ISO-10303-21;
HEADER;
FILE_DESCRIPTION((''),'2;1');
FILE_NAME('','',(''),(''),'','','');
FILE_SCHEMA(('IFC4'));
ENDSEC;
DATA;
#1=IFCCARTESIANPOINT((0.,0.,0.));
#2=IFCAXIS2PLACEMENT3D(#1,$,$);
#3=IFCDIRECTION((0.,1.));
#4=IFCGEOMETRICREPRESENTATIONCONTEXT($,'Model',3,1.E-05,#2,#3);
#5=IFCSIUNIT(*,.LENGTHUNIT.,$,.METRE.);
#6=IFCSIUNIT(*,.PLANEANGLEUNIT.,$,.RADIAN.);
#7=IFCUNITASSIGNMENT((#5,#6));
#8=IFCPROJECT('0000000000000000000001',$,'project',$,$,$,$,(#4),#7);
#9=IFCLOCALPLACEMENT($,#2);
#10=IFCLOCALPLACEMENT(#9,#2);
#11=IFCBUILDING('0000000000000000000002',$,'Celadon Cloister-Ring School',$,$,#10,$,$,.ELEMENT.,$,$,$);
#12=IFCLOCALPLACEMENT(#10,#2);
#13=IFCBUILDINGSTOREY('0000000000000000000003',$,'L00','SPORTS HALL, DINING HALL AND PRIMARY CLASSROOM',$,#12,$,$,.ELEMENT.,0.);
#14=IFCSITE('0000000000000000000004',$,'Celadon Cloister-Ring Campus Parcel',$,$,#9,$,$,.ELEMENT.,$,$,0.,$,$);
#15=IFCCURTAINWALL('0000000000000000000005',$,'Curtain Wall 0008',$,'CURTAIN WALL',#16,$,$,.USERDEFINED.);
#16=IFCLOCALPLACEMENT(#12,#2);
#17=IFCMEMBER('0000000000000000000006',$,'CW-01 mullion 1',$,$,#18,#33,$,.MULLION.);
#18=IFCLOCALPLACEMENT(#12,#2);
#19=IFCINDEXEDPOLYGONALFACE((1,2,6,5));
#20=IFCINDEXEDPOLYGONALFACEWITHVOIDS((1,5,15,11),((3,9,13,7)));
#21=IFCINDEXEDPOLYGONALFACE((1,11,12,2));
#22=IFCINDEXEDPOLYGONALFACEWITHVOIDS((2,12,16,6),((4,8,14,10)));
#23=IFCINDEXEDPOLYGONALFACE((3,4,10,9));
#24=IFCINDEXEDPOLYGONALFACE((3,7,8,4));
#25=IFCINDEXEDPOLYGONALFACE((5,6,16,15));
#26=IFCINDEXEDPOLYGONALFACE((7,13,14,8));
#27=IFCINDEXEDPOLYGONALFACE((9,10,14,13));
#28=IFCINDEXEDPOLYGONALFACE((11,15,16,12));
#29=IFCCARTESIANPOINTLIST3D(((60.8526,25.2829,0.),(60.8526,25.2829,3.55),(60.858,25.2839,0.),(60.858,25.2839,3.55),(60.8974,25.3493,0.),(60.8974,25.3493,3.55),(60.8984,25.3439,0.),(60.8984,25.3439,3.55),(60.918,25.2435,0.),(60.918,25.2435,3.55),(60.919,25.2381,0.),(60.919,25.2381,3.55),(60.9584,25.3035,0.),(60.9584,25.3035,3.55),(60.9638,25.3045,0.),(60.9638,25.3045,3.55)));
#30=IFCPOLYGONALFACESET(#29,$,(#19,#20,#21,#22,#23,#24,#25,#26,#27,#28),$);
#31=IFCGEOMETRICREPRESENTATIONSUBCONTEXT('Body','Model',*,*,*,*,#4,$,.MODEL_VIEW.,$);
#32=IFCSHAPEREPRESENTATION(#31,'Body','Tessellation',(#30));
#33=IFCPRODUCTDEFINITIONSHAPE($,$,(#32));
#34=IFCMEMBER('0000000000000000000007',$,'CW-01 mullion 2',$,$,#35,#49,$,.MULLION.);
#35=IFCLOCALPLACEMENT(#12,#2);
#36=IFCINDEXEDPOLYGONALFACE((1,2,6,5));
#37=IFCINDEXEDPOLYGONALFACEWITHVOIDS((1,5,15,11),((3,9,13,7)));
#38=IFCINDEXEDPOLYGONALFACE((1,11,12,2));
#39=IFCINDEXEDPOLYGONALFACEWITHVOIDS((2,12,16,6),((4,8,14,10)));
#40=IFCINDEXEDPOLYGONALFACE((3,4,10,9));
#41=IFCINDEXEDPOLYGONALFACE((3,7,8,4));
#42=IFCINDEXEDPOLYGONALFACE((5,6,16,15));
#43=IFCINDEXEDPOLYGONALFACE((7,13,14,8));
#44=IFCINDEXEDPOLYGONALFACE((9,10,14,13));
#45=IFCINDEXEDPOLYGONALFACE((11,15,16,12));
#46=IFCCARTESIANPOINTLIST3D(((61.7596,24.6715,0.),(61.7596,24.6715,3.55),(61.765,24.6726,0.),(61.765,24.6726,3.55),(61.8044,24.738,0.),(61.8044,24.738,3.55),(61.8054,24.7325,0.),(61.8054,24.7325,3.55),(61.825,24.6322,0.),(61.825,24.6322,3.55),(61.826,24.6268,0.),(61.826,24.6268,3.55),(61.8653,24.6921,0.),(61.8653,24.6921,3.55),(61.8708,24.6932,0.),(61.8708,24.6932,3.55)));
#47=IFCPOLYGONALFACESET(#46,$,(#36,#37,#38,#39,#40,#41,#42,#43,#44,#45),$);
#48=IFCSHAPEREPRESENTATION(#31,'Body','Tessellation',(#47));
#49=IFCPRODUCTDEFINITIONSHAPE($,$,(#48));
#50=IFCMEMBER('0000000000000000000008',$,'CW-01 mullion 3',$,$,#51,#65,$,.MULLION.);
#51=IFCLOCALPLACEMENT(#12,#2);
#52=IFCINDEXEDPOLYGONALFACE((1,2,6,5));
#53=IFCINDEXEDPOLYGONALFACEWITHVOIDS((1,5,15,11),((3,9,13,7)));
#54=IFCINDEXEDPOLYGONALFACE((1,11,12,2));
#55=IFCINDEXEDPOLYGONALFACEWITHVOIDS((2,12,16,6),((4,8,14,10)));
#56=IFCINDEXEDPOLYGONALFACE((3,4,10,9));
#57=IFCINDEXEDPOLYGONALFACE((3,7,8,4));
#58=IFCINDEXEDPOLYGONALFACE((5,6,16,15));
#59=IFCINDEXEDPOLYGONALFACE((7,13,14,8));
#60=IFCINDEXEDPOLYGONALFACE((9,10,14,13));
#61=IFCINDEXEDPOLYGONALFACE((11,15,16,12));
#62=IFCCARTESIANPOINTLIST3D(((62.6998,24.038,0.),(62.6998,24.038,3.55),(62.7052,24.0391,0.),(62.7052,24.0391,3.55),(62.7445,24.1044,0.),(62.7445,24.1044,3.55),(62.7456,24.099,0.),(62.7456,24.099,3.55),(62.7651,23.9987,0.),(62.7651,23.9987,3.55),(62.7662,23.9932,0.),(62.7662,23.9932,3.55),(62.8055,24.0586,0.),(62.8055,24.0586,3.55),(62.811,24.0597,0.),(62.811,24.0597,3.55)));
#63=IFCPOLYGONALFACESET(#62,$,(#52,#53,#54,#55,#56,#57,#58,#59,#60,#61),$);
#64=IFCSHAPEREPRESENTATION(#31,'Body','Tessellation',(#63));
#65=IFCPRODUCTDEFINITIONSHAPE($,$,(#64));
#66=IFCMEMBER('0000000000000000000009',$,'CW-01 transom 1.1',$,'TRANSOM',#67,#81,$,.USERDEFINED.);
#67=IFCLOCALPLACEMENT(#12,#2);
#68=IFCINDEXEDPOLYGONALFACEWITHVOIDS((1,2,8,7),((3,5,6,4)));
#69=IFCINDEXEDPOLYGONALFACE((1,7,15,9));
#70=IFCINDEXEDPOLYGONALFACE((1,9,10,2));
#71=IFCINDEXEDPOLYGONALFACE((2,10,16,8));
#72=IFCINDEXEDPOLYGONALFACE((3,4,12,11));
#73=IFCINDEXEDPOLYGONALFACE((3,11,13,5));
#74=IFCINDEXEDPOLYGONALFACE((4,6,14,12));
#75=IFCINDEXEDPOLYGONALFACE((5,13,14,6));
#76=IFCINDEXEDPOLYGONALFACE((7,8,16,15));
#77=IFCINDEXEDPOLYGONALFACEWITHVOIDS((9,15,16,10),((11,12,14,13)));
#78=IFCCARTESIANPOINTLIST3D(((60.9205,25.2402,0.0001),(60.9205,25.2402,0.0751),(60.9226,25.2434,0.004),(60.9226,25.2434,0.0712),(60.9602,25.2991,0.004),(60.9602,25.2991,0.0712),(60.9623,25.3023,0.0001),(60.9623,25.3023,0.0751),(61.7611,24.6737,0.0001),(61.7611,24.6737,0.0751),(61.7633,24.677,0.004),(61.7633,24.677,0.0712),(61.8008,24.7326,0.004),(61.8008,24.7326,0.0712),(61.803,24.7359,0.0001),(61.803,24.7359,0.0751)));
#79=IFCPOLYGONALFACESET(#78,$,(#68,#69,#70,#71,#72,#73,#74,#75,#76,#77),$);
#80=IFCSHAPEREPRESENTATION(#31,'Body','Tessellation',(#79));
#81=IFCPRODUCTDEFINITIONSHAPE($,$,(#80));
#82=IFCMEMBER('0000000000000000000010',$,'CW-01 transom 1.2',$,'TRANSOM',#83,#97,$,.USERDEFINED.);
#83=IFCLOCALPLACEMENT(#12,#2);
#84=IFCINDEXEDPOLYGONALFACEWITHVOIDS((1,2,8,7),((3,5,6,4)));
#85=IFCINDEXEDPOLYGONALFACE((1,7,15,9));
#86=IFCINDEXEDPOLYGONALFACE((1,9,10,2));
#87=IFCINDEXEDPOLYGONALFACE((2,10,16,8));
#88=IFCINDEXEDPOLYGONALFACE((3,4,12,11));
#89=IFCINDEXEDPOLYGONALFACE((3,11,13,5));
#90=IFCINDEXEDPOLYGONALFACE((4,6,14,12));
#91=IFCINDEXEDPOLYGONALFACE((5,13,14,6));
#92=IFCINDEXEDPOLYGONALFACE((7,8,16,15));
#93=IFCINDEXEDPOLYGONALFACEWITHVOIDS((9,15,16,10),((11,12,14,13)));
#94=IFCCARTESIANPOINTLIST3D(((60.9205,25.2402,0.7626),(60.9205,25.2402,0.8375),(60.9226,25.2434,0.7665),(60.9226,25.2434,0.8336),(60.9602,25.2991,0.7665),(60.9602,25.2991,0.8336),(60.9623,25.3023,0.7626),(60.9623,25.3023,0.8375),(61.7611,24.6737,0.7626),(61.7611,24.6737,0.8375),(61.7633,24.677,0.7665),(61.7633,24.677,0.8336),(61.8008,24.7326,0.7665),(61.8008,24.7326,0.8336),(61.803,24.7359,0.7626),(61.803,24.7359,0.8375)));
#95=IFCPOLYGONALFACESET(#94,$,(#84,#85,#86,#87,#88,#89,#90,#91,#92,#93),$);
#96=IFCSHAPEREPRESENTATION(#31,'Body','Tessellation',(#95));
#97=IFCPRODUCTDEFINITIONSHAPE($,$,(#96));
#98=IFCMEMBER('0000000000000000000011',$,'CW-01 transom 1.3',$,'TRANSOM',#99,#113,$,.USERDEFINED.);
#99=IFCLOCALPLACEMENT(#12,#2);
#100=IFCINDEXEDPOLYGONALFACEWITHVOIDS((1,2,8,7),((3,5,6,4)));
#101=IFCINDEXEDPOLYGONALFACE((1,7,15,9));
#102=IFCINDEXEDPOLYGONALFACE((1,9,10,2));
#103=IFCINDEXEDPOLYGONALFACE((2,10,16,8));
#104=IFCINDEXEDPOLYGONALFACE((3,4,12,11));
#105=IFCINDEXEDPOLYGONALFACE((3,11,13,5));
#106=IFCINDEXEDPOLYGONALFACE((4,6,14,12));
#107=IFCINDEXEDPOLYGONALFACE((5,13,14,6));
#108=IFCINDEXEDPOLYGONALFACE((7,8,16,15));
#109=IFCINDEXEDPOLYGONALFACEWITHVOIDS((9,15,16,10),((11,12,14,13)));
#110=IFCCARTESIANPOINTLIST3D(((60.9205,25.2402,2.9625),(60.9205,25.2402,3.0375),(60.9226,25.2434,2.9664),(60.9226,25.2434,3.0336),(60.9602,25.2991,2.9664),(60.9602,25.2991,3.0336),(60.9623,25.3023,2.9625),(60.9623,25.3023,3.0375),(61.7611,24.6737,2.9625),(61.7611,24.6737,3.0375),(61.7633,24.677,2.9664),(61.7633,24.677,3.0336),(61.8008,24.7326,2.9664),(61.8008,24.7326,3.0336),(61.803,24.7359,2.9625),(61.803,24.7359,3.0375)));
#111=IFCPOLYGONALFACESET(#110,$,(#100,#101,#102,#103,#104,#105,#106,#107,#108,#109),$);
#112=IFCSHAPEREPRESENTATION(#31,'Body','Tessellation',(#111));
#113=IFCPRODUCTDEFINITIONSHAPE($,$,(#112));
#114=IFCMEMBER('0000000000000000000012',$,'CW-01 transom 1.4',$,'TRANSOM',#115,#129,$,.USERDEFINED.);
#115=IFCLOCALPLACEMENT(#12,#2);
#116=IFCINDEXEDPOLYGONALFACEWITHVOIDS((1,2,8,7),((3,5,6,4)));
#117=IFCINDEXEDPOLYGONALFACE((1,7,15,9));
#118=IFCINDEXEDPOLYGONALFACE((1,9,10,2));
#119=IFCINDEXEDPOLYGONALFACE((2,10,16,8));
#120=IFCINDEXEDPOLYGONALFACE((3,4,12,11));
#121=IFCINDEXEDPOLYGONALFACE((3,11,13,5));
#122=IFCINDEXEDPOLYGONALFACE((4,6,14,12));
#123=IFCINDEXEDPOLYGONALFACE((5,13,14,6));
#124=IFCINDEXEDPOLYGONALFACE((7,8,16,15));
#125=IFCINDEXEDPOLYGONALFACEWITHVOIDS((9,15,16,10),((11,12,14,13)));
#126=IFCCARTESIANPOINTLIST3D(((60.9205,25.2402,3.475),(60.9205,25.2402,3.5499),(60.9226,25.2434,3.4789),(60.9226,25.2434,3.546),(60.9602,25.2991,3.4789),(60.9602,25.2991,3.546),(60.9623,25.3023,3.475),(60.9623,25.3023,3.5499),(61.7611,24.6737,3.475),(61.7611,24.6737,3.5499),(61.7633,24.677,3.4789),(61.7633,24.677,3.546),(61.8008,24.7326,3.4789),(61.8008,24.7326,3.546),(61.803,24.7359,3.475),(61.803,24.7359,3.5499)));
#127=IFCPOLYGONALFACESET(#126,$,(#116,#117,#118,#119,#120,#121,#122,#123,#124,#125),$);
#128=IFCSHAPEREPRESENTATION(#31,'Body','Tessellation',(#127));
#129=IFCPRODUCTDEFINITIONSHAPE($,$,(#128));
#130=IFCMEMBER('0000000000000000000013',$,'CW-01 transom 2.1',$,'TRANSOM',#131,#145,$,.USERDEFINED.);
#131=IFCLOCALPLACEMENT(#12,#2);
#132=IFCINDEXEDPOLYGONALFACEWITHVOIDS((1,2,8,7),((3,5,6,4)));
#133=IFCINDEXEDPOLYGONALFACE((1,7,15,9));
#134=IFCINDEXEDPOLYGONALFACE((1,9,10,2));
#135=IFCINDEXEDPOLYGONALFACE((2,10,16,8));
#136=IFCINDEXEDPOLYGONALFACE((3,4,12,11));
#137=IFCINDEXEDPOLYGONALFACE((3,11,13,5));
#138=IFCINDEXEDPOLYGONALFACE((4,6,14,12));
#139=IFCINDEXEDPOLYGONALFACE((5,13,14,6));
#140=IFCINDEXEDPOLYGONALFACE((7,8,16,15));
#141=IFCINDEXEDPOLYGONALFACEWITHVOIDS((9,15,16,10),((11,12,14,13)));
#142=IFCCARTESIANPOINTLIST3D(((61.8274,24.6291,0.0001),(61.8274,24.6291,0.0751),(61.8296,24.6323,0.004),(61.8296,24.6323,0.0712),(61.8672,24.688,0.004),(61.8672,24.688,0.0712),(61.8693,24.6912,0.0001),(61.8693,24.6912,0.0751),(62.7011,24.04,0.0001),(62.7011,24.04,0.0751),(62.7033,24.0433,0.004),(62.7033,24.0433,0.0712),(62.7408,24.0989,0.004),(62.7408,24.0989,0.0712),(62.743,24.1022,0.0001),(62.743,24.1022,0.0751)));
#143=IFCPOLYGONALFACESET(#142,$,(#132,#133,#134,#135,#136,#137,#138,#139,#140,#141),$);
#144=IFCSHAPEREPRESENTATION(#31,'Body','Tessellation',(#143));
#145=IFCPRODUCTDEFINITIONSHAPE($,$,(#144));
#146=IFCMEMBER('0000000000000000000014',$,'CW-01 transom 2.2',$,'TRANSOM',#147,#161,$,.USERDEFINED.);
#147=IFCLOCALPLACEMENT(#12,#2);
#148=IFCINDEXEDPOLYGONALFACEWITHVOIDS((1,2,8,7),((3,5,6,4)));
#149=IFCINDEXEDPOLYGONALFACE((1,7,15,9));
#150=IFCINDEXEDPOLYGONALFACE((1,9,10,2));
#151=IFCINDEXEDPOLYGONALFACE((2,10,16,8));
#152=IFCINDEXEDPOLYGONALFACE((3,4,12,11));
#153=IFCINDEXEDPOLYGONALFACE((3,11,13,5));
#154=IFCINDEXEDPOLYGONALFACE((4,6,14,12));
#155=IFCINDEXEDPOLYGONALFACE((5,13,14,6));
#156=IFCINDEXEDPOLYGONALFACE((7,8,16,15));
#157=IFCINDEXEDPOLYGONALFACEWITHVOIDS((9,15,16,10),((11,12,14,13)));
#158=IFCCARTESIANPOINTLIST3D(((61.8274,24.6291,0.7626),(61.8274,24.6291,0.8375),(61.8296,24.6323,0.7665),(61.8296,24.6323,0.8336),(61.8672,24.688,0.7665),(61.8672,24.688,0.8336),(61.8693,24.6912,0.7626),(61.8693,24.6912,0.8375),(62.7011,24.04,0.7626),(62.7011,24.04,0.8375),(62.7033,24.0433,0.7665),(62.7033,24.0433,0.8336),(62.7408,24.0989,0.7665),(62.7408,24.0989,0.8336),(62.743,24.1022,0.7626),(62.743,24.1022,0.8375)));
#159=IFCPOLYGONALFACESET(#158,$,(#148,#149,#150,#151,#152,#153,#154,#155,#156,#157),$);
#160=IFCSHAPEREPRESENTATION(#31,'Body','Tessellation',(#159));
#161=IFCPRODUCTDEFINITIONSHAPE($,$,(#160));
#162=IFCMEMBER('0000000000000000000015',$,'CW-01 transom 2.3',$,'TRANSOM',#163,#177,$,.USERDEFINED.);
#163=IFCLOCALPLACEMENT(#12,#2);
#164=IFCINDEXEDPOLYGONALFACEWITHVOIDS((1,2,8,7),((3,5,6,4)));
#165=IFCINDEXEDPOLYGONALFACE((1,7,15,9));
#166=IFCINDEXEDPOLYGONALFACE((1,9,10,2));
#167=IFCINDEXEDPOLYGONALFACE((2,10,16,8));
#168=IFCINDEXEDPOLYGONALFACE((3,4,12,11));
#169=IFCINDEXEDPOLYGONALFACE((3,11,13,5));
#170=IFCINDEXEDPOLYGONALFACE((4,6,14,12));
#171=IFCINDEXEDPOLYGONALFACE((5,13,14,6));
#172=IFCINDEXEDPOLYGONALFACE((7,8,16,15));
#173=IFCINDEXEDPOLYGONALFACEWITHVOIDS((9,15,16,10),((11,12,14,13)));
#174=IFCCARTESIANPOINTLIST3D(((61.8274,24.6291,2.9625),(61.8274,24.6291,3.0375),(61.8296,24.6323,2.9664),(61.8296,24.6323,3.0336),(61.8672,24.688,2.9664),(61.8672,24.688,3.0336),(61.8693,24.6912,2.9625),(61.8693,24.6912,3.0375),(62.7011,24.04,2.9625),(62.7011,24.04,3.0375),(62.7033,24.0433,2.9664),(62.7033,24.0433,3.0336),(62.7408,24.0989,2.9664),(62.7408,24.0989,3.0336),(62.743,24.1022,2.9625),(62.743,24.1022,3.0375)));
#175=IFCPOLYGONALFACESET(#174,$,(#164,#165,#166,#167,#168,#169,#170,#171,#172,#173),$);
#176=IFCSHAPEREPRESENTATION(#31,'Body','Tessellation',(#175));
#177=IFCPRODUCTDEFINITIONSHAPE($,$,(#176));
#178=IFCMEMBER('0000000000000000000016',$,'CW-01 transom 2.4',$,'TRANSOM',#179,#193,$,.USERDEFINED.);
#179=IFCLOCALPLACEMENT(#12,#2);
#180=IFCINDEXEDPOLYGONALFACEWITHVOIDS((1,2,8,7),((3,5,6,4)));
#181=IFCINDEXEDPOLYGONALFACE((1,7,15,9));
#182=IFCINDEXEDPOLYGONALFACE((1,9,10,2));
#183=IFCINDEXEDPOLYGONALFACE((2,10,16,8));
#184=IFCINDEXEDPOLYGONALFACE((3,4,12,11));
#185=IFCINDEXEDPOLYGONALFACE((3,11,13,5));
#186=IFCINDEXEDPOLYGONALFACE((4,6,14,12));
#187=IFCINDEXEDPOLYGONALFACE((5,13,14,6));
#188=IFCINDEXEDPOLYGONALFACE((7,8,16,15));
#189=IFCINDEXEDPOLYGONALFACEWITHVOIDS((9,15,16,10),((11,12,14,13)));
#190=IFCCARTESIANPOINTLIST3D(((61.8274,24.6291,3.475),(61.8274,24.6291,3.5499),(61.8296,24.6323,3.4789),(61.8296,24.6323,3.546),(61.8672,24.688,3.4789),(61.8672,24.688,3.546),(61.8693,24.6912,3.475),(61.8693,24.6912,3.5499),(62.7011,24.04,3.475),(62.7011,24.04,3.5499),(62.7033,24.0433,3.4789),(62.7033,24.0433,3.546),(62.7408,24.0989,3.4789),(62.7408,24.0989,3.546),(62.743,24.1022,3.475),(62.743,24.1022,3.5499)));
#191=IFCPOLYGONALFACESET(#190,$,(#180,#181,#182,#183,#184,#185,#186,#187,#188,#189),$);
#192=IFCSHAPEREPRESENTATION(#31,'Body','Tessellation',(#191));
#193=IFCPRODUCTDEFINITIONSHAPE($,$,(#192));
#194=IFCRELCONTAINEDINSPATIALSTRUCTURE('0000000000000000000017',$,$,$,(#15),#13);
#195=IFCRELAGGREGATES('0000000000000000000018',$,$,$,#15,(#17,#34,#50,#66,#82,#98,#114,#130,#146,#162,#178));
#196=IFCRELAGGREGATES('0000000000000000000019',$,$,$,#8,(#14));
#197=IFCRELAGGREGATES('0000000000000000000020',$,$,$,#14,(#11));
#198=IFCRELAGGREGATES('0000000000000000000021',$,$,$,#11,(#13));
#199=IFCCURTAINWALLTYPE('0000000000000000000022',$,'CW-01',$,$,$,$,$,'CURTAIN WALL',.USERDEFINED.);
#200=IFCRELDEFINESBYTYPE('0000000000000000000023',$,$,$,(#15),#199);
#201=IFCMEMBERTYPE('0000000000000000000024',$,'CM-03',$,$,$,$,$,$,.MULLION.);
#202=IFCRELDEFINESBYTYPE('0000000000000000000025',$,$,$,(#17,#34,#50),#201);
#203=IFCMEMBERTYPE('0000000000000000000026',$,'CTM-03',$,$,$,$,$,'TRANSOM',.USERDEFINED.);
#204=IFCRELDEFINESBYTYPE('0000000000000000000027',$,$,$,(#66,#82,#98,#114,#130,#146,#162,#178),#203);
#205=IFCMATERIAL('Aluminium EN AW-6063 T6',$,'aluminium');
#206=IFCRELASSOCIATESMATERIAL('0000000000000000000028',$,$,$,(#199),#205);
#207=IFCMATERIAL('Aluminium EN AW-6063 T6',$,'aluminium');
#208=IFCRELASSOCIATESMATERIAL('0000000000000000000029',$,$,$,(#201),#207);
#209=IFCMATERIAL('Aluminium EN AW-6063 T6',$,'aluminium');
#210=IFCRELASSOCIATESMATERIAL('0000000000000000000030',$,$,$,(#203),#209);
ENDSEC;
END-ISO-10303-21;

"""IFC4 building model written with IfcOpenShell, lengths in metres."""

from ifc_helpers import new_model, si_unit, direction, frame, origin, origin_2d, place, context, subcontext, project, spatial, hollow_rectangle, extrude, material, material_profile, profile_set, type_object, element, aggregate, save


model = new_model("IFC4")

# Units and contexts
model_context = context("Model", 3, precision=1e-05, world=origin(), true_north=direction((0.0, 1.0)))
body_context = subcontext(model_context, "Body", "Model", "MODEL_VIEW")
ifc_project = project(units=[si_unit("LENGTHUNIT", "METRE"), si_unit("PLANEANGLEUNIT", "RADIAN")], contexts=[model_context])

# Site, building, storey
site_placement = place(None, origin())
site = spatial("IfcSite", under=ifc_project, at=site_placement, Name="Celadon Cloister-Ring Campus Parcel", CompositionType="ELEMENT", RefElevation=0.0)
building_placement = place(site_placement, origin())
building = spatial("IfcBuilding", under=site, at=building_placement, Name="Celadon Cloister-Ring School", CompositionType="ELEMENT")
storey_placement = place(building_placement, origin())
storey = spatial("IfcBuildingStorey", under=building, at=storey_placement, Name="L00", Description="SPORTS HALL, DINING HALL AND PRIMARY CLASSROOM", CompositionType="ELEMENT", Elevation=0.0)

# Curtain wall, members
ifc_material_1 = material(Name="Aluminium EN AW-6063 T6", Category="aluminium")
curtain_wall_type = type_object("IfcCurtainWallType", Name="CW-01", ElementType="CURTAIN WALL", PredefinedType="USERDEFINED", material=ifc_material_1)
curtain_wall_placement = place(storey_placement, origin())
curtain_wall = element("IfcCurtainWall", 1, at=curtain_wall_placement, inside=storey, type_object=curtain_wall_type, Name="Curtain Wall 0008", ObjectType="CURTAIN WALL", PredefinedType="USERDEFINED")
ifc_material_2 = material(Name="Aluminium EN AW-6063 T6", Category="aluminium")
ifc_material_profile_1 = material_profile(ifc_material_2, hollow_rectangle(XDim=0.0801, YDim=0.0801, WallThickness=0.0039, at=origin_2d()), Name="RHS80X80X4")
ifc_profile_set_1 = profile_set([ifc_material_profile_1], Name="Aluminium EN AW-6063 T6")
member_type_1 = type_object("IfcMemberType", Name="CM-03", PredefinedType="MULLION", material=ifc_profile_set_1)
member_1_placement = place(storey_placement, frame((60.9082, 25.2937, 0.0), z_axis=(0.0, 0.0, 1.0), x_axis=(0.558846, 0.829272, 0.0)))
member_1 = element("IfcMember", 2, at=member_1_placement, type_object=member_type_1, Name="CW-01 mullion 1", PredefinedType="MULLION", context=body_context, shape_type="SweptSolid", body=[
    extrude(hollow_rectangle(XDim=0.0801, YDim=0.0801, WallThickness=0.0039, at=origin_2d()), origin(), (0.0, 0.0, 1.0), 3.55),
])
member_2_placement = place(storey_placement, frame((61.8152, 24.6824, 0.0), z_axis=(0.0, 0.0, 1.0), x_axis=(0.558846, 0.829272, 0.0)))
member_2 = element("IfcMember", 3, at=member_2_placement, type_object=member_type_1, Name="CW-01 mullion 2", PredefinedType="MULLION", context=body_context, shape_type="SweptSolid", body=[
    extrude(hollow_rectangle(XDim=0.0801, YDim=0.0801, WallThickness=0.0039, at=origin_2d()), origin(), (0.0, 0.0, 1.0), 3.55),
])
member_3_placement = place(storey_placement, frame((62.7554, 24.0488, 0.0), z_axis=(0.0, 0.0, 1.0), x_axis=(0.558846, 0.829272, 0.0)))
member_3 = element("IfcMember", 4, at=member_3_placement, type_object=member_type_1, Name="CW-01 mullion 3", PredefinedType="MULLION", context=body_context, shape_type="SweptSolid", body=[
    extrude(hollow_rectangle(XDim=0.0801, YDim=0.0801, WallThickness=0.0039, at=origin_2d()), origin(), (0.0, 0.0, 1.0), 3.55),
])
ifc_material_3 = material(Name="Aluminium EN AW-6063 T6", Category="aluminium")
ifc_material_profile_2 = material_profile(ifc_material_3, hollow_rectangle(XDim=0.075, YDim=0.075, WallThickness=0.0039, at=origin_2d()), Name="RHS75X75X4")
ifc_profile_set_2 = profile_set([ifc_material_profile_2], Name="Aluminium EN AW-6063 T6")
member_type_2 = type_object("IfcMemberType", Name="CTM-03", ElementType="TRANSOM", PredefinedType="USERDEFINED", material=ifc_profile_set_2)
member_4_placement = place(storey_placement, frame((60.9414, 25.2712, 0.0376), z_axis=(0.829298, -0.558807, 0.0), x_axis=(0.558807, 0.829298, 0.0)))
member_4 = element("IfcMember", 5, at=member_4_placement, type_object=member_type_2, Name="CW-01 transom 1.1", ObjectType="TRANSOM", PredefinedType="USERDEFINED", context=body_context, shape_type="SweptSolid", body=[
    extrude(hollow_rectangle(XDim=0.075, YDim=0.075, WallThickness=0.0039, at=origin_2d()), origin(), (0.0, 0.0, 1.0), 1.0137),
])
member_5_placement = place(storey_placement, frame((60.9414, 25.2712, 0.8), z_axis=(0.829298, -0.558807, 0.0), x_axis=(0.558807, 0.829298, 0.0)))
member_5 = element("IfcMember", 6, at=member_5_placement, type_object=member_type_2, Name="CW-01 transom 1.2", ObjectType="TRANSOM", PredefinedType="USERDEFINED", context=body_context, shape_type="SweptSolid", body=[
    extrude(hollow_rectangle(XDim=0.075, YDim=0.075, WallThickness=0.0039, at=origin_2d()), origin(), (0.0, 0.0, 1.0), 1.0137),
])
member_6_placement = place(storey_placement, frame((60.9414, 25.2712, 3.0), z_axis=(0.829298, -0.558807, 0.0), x_axis=(0.558807, 0.829298, 0.0)))
member_6 = element("IfcMember", 7, at=member_6_placement, type_object=member_type_2, Name="CW-01 transom 1.3", ObjectType="TRANSOM", PredefinedType="USERDEFINED", context=body_context, shape_type="SweptSolid", body=[
    extrude(hollow_rectangle(XDim=0.075, YDim=0.075, WallThickness=0.0039, at=origin_2d()), origin(), (0.0, 0.0, 1.0), 1.0137),
])
member_7_placement = place(storey_placement, frame((60.9414, 25.2712, 3.5125), z_axis=(0.829298, -0.558807, 0.0), x_axis=(0.558807, 0.829298, 0.0)))
member_7 = element("IfcMember", 8, at=member_7_placement, type_object=member_type_2, Name="CW-01 transom 1.4", ObjectType="TRANSOM", PredefinedType="USERDEFINED", context=body_context, shape_type="SweptSolid", body=[
    extrude(hollow_rectangle(XDim=0.075, YDim=0.075, WallThickness=0.0039, at=origin_2d()), origin(), (0.0, 0.0, 1.0), 1.0137),
])
member_8_placement = place(storey_placement, frame((61.8484, 24.6602, 0.0376), z_axis=(0.829152, -0.559023, 0.0), x_axis=(0.559023, 0.829152, 0.0)))
member_8 = element("IfcMember", 9, at=member_8_placement, type_object=member_type_2, Name="CW-01 transom 2.1", ObjectType="TRANSOM", PredefinedType="USERDEFINED", context=body_context, shape_type="SweptSolid", body=[
    extrude(hollow_rectangle(XDim=0.075, YDim=0.075, WallThickness=0.0039, at=origin_2d()), origin(), (0.0, 0.0, 1.0), 1.0537),
])
member_9_placement = place(storey_placement, frame((61.8484, 24.6602, 0.8), z_axis=(0.829152, -0.559023, 0.0), x_axis=(0.559023, 0.829152, 0.0)))
member_9 = element("IfcMember", 10, at=member_9_placement, type_object=member_type_2, Name="CW-01 transom 2.2", ObjectType="TRANSOM", PredefinedType="USERDEFINED", context=body_context, shape_type="SweptSolid", body=[
    extrude(hollow_rectangle(XDim=0.075, YDim=0.075, WallThickness=0.0039, at=origin_2d()), origin(), (0.0, 0.0, 1.0), 1.0537),
])
member_10_placement = place(storey_placement, frame((61.8484, 24.6602, 3.0), z_axis=(0.829152, -0.559023, 0.0), x_axis=(0.559023, 0.829152, 0.0)))
member_10 = element("IfcMember", 11, at=member_10_placement, type_object=member_type_2, Name="CW-01 transom 2.3", ObjectType="TRANSOM", PredefinedType="USERDEFINED", context=body_context, shape_type="SweptSolid", body=[
    extrude(hollow_rectangle(XDim=0.075, YDim=0.075, WallThickness=0.0039, at=origin_2d()), origin(), (0.0, 0.0, 1.0), 1.0537),
])
member_11_placement = place(storey_placement, frame((61.8484, 24.6602, 3.5125), z_axis=(0.829152, -0.559023, 0.0), x_axis=(0.559023, 0.829152, 0.0)))
member_11 = element("IfcMember", 12, at=member_11_placement, type_object=member_type_2, Name="CW-01 transom 2.4", ObjectType="TRANSOM", PredefinedType="USERDEFINED", context=body_context, shape_type="SweptSolid", body=[
    extrude(hollow_rectangle(XDim=0.075, YDim=0.075, WallThickness=0.0039, at=origin_2d()), origin(), (0.0, 0.0, 1.0), 1.0537),
])

aggregate(curtain_wall, [member_1, member_2, member_3, member_4, member_5, member_6, member_7, member_8, member_9, member_10, member_11])

save(model, "model.ifc")
